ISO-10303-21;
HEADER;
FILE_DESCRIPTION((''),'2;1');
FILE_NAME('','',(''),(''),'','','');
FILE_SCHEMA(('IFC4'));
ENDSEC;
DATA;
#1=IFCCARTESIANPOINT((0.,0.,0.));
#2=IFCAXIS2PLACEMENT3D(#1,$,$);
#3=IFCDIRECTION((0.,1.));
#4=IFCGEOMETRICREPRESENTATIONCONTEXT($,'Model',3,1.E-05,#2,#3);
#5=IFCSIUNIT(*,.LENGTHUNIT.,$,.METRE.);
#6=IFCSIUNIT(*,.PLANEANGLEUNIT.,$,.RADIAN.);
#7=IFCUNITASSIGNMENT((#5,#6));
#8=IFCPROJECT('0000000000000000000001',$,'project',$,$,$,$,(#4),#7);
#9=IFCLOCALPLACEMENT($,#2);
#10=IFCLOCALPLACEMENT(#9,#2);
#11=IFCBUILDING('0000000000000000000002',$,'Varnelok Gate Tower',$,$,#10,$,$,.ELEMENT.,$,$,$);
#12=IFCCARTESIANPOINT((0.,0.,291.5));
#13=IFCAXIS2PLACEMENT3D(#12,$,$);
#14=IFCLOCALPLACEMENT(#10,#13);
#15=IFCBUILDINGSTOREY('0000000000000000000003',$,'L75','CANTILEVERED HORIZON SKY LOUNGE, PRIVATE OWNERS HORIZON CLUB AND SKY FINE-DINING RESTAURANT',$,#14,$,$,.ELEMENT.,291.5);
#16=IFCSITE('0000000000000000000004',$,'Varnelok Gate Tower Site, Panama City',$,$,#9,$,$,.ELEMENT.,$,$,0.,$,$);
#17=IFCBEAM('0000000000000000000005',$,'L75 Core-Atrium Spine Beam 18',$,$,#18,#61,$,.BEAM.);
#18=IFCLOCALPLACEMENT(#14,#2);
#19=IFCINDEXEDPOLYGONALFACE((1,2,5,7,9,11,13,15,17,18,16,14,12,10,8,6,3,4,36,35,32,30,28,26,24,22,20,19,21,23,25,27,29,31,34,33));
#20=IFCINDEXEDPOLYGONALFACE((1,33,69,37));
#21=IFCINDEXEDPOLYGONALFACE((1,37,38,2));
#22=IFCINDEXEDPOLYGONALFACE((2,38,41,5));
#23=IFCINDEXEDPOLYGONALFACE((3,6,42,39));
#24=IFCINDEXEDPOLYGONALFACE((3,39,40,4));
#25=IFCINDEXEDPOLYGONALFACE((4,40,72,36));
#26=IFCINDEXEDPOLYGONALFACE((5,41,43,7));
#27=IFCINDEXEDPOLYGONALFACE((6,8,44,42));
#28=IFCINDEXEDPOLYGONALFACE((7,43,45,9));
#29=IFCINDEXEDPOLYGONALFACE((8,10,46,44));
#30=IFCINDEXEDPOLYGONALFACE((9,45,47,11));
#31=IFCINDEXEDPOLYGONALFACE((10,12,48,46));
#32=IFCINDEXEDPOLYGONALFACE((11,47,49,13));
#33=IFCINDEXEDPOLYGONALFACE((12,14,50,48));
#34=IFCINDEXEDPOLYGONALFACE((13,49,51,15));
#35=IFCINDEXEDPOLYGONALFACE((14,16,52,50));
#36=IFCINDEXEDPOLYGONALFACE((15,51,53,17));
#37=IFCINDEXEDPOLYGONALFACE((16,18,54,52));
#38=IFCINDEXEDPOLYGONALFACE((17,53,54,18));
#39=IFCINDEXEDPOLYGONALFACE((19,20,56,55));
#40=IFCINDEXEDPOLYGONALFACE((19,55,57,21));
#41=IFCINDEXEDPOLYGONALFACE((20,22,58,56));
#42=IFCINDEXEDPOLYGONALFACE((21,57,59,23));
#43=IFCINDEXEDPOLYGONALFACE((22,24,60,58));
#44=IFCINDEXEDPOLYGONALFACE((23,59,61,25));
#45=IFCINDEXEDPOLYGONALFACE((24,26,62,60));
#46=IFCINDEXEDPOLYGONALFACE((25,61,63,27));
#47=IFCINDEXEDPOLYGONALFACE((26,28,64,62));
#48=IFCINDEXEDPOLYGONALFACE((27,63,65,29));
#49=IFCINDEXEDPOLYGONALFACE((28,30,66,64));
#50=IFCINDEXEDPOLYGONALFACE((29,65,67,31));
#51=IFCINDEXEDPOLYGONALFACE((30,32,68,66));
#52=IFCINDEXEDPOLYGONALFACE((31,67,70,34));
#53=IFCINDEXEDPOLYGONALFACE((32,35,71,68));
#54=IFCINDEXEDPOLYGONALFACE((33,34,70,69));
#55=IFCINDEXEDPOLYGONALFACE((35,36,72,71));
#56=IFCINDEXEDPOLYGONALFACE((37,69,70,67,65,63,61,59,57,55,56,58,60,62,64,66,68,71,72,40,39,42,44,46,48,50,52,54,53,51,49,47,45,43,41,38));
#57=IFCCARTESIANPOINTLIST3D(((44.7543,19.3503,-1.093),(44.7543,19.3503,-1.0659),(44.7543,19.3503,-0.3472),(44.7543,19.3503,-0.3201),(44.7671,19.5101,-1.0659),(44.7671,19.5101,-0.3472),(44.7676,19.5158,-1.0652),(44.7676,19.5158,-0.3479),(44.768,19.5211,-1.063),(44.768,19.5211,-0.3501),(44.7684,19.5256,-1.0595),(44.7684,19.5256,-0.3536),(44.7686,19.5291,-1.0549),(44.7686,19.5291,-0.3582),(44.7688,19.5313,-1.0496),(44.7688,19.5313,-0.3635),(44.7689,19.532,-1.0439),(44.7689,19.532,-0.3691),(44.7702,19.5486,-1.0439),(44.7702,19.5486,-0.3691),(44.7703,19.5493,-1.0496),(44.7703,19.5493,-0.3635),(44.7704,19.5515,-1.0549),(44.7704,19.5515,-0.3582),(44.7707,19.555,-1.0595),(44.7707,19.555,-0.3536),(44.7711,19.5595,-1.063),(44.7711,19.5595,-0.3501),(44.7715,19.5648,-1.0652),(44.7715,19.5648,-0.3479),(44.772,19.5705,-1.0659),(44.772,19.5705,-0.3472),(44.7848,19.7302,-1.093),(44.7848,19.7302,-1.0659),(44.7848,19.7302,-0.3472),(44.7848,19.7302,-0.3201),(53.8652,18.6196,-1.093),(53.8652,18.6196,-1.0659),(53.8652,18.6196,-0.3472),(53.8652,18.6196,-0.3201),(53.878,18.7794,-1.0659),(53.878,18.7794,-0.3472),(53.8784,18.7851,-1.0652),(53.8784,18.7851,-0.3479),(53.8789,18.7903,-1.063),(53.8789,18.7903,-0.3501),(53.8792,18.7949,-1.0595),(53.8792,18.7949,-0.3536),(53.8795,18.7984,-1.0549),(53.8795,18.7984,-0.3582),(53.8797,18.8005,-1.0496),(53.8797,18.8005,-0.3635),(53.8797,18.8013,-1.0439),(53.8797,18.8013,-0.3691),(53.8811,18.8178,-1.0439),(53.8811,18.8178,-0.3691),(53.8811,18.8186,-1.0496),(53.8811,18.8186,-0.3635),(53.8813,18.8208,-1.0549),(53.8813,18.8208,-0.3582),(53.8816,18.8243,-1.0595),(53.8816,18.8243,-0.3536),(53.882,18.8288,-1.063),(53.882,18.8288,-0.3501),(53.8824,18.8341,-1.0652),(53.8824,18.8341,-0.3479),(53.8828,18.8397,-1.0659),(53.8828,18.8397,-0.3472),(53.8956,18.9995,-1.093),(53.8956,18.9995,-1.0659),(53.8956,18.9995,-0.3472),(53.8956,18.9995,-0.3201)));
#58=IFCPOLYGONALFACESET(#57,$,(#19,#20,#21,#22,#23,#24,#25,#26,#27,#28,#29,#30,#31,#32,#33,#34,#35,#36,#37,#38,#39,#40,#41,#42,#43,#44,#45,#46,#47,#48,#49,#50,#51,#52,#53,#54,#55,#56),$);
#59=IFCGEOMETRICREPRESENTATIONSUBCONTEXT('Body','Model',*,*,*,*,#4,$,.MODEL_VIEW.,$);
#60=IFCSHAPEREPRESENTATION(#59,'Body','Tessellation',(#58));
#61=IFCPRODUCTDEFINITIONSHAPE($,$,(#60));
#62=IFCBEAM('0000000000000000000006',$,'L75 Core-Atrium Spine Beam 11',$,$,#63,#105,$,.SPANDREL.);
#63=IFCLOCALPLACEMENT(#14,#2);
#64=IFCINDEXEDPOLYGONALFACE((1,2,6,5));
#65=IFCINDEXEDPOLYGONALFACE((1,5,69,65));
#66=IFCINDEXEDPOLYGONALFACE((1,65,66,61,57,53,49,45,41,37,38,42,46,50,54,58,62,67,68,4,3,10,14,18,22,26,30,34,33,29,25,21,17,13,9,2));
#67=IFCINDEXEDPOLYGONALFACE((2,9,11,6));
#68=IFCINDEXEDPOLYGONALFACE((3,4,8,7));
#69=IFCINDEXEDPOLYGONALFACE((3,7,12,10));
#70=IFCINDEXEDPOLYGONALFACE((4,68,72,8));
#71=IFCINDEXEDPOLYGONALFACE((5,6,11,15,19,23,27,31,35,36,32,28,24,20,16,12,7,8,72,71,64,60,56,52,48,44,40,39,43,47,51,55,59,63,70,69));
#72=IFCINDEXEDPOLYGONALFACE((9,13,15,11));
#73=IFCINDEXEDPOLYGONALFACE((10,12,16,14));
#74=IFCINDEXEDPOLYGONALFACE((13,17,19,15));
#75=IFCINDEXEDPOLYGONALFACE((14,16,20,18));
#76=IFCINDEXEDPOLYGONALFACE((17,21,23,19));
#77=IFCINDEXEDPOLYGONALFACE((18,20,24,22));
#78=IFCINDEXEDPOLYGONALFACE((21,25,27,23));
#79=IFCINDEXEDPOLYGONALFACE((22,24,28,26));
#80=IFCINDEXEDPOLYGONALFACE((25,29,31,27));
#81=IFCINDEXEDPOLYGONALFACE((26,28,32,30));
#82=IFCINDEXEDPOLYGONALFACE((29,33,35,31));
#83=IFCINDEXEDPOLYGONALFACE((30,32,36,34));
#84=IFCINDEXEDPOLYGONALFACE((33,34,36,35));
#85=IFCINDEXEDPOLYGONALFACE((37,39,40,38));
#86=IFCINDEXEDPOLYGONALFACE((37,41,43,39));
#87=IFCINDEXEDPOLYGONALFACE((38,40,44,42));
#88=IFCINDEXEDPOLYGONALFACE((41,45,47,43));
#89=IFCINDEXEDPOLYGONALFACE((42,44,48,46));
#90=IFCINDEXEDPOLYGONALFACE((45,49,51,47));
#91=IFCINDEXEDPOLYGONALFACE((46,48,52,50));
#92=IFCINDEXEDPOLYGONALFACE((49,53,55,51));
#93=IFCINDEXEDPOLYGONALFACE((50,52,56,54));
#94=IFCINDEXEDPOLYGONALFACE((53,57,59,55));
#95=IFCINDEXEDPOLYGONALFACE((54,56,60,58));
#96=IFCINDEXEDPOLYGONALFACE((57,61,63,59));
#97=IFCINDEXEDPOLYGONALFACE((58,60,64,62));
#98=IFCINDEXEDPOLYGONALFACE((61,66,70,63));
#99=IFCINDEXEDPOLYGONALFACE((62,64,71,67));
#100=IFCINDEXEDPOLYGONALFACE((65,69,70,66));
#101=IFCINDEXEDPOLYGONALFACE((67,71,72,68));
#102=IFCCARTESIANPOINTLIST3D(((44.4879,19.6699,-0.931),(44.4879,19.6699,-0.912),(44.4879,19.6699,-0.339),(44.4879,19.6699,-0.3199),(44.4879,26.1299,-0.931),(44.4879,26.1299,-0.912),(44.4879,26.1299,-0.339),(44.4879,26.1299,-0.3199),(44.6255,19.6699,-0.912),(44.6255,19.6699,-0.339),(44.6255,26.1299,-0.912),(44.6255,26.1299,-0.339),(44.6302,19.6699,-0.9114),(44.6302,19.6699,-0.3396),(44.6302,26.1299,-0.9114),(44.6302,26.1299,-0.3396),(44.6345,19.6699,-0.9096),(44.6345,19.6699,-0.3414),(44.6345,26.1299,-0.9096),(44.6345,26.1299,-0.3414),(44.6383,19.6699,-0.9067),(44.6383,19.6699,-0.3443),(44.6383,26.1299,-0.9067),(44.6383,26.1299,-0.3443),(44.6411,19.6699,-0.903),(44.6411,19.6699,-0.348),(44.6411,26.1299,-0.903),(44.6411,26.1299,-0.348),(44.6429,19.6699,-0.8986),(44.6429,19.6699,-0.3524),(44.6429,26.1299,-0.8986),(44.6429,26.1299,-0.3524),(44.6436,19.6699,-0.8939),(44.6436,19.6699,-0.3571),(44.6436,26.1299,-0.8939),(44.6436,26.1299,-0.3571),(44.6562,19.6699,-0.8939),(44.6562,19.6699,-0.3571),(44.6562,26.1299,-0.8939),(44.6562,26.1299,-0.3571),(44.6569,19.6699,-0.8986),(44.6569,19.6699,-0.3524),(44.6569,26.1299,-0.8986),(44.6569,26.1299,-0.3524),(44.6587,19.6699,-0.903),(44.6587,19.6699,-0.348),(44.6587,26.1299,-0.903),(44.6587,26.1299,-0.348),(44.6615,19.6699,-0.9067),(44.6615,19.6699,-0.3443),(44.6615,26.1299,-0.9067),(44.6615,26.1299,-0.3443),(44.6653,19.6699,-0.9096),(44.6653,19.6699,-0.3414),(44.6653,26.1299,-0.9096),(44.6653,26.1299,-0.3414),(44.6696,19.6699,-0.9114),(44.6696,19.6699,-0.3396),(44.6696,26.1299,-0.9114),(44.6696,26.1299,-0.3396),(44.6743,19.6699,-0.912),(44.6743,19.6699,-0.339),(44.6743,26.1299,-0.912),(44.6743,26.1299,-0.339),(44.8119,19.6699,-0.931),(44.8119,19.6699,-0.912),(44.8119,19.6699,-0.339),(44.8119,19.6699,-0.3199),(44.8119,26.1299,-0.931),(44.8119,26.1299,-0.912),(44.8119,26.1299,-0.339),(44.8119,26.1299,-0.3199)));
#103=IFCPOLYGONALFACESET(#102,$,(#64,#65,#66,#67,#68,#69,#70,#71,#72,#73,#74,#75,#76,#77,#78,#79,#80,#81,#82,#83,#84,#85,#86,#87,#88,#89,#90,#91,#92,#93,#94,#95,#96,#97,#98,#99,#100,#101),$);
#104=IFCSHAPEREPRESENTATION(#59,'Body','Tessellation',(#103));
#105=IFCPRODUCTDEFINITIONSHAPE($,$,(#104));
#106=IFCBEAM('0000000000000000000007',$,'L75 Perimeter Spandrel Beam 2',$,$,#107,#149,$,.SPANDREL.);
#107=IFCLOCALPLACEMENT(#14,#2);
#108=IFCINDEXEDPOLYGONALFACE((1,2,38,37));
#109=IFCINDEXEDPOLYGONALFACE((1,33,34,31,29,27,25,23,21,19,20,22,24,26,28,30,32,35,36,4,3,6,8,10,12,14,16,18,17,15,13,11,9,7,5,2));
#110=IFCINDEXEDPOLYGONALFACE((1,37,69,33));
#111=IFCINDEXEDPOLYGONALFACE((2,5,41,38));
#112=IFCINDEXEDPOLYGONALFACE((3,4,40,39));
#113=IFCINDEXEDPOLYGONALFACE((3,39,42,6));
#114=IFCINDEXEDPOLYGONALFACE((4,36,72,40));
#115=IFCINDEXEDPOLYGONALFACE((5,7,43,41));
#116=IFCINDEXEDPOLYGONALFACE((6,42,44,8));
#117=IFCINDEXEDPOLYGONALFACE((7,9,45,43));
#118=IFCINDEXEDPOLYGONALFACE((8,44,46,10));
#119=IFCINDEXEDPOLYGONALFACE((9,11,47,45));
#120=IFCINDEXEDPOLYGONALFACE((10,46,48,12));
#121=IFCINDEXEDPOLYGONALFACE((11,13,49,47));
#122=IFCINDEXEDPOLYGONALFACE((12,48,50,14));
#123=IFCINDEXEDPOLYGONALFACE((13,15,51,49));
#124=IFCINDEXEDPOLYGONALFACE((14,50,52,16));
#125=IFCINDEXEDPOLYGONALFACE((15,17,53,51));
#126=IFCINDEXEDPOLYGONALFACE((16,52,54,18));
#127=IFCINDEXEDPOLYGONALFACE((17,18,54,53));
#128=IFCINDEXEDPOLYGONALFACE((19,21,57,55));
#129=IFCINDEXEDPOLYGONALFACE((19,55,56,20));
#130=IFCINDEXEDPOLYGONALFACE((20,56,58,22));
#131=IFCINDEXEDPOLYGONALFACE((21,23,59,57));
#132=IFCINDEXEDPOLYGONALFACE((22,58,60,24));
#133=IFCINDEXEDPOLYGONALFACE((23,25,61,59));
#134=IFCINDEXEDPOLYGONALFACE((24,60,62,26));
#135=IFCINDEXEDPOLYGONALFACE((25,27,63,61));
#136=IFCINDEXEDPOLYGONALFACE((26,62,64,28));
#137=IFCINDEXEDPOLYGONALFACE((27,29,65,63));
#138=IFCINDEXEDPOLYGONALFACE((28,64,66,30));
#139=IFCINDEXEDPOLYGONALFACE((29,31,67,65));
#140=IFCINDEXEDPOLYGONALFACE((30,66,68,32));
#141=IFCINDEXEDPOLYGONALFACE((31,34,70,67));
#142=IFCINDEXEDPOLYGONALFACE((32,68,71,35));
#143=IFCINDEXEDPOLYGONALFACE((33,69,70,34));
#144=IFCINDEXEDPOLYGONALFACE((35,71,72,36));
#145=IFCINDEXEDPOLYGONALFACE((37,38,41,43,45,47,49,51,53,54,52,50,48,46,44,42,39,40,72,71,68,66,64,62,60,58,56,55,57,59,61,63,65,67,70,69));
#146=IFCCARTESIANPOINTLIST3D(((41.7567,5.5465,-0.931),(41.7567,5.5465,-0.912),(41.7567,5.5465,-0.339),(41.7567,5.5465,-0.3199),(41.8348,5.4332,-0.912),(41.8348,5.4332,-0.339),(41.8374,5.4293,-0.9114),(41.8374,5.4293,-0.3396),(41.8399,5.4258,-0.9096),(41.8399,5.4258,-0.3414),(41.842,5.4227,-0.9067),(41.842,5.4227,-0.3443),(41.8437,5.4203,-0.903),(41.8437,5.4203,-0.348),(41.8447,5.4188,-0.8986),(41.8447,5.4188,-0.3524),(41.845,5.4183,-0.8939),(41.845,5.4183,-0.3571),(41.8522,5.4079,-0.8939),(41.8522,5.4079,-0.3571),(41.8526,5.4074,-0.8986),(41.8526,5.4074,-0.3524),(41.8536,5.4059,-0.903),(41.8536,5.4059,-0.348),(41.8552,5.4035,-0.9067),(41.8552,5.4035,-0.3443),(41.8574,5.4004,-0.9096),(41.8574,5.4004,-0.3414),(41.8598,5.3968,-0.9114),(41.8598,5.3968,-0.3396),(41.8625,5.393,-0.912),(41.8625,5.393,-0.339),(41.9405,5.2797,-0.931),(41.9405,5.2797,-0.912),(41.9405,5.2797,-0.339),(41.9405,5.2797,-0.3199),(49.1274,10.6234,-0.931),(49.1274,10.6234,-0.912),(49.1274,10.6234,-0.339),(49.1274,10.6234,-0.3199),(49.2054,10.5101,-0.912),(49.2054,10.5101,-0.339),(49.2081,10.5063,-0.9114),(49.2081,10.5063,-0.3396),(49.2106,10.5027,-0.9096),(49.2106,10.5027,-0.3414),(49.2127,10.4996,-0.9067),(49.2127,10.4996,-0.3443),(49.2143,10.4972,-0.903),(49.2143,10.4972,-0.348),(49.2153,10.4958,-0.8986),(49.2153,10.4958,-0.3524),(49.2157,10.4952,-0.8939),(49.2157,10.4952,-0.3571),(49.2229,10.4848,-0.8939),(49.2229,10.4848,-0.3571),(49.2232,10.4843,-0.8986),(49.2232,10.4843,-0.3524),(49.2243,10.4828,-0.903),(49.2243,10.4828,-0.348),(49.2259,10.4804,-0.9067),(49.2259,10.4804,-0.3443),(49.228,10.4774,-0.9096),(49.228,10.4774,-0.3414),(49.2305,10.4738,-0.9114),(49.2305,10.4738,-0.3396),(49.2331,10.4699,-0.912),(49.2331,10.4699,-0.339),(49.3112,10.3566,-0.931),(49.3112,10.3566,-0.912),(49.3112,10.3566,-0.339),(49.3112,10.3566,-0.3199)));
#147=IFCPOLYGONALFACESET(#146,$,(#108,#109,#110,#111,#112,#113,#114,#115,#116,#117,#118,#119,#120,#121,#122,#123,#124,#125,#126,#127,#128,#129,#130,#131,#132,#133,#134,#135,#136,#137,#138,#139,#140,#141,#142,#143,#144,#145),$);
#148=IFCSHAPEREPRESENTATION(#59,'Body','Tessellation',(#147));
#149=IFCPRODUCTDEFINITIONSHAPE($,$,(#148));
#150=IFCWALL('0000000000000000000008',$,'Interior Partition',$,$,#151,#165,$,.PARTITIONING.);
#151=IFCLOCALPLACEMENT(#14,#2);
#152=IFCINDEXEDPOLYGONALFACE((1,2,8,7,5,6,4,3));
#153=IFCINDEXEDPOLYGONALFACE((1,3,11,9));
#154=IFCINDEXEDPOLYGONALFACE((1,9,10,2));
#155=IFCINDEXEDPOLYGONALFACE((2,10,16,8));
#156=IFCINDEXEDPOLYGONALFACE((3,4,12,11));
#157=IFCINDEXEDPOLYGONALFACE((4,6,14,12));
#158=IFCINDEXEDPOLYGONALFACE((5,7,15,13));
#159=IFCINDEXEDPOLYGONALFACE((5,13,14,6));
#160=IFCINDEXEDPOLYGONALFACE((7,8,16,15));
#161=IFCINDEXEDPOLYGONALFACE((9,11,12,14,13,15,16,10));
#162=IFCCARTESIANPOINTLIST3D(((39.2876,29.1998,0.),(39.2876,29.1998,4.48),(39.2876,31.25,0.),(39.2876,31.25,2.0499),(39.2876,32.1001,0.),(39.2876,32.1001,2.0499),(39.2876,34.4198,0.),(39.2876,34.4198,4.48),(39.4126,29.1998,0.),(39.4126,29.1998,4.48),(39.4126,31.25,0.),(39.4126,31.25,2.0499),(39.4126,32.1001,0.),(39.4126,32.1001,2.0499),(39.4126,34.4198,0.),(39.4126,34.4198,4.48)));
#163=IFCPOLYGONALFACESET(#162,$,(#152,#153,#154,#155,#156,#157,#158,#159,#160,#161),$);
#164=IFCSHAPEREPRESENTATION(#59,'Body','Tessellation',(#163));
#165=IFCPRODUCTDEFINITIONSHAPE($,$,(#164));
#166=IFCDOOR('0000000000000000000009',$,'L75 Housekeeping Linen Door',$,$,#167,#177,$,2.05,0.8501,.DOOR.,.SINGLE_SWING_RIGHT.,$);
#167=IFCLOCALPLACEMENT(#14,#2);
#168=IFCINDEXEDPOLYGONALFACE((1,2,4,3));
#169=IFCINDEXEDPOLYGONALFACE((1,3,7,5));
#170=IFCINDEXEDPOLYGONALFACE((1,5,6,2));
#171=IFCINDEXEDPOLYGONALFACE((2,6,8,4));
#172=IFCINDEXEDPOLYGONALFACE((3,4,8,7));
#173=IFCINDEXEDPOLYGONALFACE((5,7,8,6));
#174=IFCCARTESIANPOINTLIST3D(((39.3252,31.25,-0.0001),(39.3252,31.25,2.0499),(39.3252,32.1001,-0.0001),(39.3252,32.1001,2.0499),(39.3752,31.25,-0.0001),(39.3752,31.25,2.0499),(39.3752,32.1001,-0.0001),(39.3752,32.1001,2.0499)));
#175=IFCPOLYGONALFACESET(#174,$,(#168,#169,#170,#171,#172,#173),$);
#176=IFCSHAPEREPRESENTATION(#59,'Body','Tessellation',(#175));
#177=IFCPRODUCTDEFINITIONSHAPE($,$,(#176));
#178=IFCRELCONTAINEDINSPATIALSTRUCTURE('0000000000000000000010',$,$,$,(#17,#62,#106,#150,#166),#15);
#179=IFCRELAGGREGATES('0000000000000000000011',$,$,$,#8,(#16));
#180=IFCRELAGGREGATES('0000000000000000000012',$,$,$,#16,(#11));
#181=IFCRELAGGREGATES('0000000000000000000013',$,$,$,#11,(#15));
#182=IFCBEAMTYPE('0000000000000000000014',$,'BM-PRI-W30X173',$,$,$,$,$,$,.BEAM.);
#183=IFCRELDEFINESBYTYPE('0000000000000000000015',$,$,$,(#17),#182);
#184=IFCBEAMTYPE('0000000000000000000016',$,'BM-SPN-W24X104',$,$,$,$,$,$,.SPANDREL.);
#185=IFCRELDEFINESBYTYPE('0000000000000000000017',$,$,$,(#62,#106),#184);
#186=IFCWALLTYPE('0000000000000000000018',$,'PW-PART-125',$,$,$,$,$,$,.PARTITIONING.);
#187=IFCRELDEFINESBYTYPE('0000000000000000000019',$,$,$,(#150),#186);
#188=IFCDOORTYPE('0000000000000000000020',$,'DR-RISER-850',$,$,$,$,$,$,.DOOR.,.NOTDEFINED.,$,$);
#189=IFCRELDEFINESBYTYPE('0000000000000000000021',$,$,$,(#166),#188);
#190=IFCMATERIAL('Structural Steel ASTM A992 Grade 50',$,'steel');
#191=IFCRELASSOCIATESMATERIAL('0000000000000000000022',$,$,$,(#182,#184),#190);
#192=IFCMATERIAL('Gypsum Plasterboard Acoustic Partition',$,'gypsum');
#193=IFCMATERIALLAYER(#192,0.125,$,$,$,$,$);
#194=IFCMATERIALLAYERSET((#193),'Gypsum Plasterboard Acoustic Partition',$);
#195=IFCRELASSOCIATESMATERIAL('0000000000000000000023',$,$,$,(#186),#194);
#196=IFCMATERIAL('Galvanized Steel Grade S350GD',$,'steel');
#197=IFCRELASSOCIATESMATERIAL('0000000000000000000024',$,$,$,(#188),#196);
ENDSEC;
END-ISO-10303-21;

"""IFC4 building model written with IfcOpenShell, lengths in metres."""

from ifc_helpers import new_model, si_unit, direction, frame, frame_2d, origin, origin_2d, place, context, subcontext, project, spatial, rectangle, i_section, extrude, material, layer, layer_set, material_profile, profile_set, type_object, element, fill, save


model = new_model("IFC4")

# Units and contexts
model_context = context("Model", 3, precision=1e-05, world=origin(), true_north=direction((0.0, 1.0)))
body_context = subcontext(model_context, "Body", "Model", "MODEL_VIEW")
ifc_project = project(units=[si_unit("LENGTHUNIT", "METRE"), si_unit("PLANEANGLEUNIT", "RADIAN")], contexts=[model_context])

# Site, building, storey
site_placement = place(None, origin())
site = spatial("IfcSite", under=ifc_project, at=site_placement, Name="Varnelok Gate Tower Site, Panama City", CompositionType="ELEMENT", RefElevation=0.0)
building_placement = place(site_placement, origin())
building = spatial("IfcBuilding", under=site, at=building_placement, Name="Varnelok Gate Tower", CompositionType="ELEMENT")
storey_placement = place(building_placement, frame((0.0, 0.0, 291.5)))
storey = spatial("IfcBuildingStorey", under=building, at=storey_placement, Name="L75", Description="CANTILEVERED HORIZON SKY LOUNGE, PRIVATE OWNERS HORIZON CLUB AND SKY FINE-DINING RESTAURANT", CompositionType="ELEMENT", Elevation=291.5)

# Shared definitions
ifc_material_1 = material(Name="Structural Steel ASTM A992 Grade 50", Category="steel")

# Beams
ifc_material_profile_1 = material_profile(ifc_material_1, i_section(OverallWidth=0.3811, OverallDepth=0.7729, WebThickness=0.0166, FlangeThickness=0.0271, FilletRadius=0.022, at=origin_2d()), Name="W30X173")
ifc_profile_set_1 = profile_set([ifc_material_profile_1], Name="Structural Steel ASTM A992 Grade 50")
beam_type_1 = type_object("IfcBeamType", Name="BM-PRI-W30X173", PredefinedType="BEAM", material=ifc_profile_set_1)
beam_1_placement = place(storey_placement, frame((44.7695, 19.5403, -0.7065), z_axis=(0.996799, -0.079946, 0.0), x_axis=(0.079946, 0.996799, 0.0)))
element("IfcBeam", 1, at=beam_1_placement, inside=storey, type_object=beam_type_1, Name="L75 Core-Atrium Spine Beam 18", PredefinedType="BEAM", context=body_context, shape_type="SweptSolid", body=[
    extrude(i_section(OverallWidth=0.3811, OverallDepth=0.7729, WebThickness=0.0166, FlangeThickness=0.0271, FilletRadius=0.022, at=origin_2d()), origin(), (0.0, 0.0, 1.0), 9.1401),
])
ifc_material_profile_2 = material_profile(ifc_material_1, i_section(OverallWidth=0.324, OverallDepth=0.6111, WebThickness=0.0127, FlangeThickness=0.019, FilletRadius=0.0181, at=origin_2d()), Name="W24X104")
ifc_profile_set_2 = profile_set([ifc_material_profile_2], Name="Structural Steel ASTM A992 Grade 50")
beam_type_2 = type_object("IfcBeamType", Name="BM-SPN-W24X104", PredefinedType="SPANDREL", material=ifc_profile_set_2)
beam_2_placement = place(storey_placement, frame((44.6499, 19.6699, -0.6255), z_axis=(0.0, 1.0, 0.0), x_axis=(-1.0, 0.0, 0.0)))
element("IfcBeam", 2, at=beam_2_placement, inside=storey, type_object=beam_type_2, Name="L75 Core-Atrium Spine Beam 11", PredefinedType="SPANDREL", context=body_context, shape_type="SweptSolid", body=[
    extrude(i_section(OverallWidth=0.324, OverallDepth=0.6111, WebThickness=0.0127, FlangeThickness=0.019, FilletRadius=0.0181, at=origin_2d()), origin(), (0.0, 0.0, 1.0), 6.46),
])
beam_3_placement = place(storey_placement, frame((41.8486, 5.4131, -0.6255), z_axis=(0.82354, 0.567258, 0.0), x_axis=(-0.567258, 0.82354, 0.0)))
element("IfcBeam", 3, at=beam_3_placement, inside=storey, type_object=beam_type_2, Name="L75 Perimeter Spandrel Beam 2", PredefinedType="SPANDREL", context=body_context, shape_type="SweptSolid", body=[
    extrude(i_section(OverallWidth=0.324, OverallDepth=0.6111, WebThickness=0.0127, FlangeThickness=0.019, FilletRadius=0.0181, at=origin_2d()), origin(), (0.0, 0.0, 1.0), 8.95),
])

# Wall, opening, door
ifc_material_2 = material(Name="Gypsum Plasterboard Acoustic Partition", Category="gypsum")
ifc_layer_1 = layer(ifc_material_2, 0.125)
ifc_layer_set_1 = layer_set([ifc_layer_1], Name="Gypsum Plasterboard Acoustic Partition")
wall_type_1 = type_object("IfcWallType", Name="PW-PART-125", PredefinedType="PARTITIONING", material=ifc_layer_set_1)
wall_1_placement = place(storey_placement, frame((39.3501, 29.2, 0.0), z_axis=(0.0, 0.0, 1.0), x_axis=(0.0, 1.0, 0.0)))
wall_1 = element("IfcWall", 4, at=wall_1_placement, inside=storey, type_object=wall_type_1, Name="Interior Partition", PredefinedType="PARTITIONING", context=body_context, shape_type="SweptSolid", body=[
    extrude(rectangle(XDim=5.22, YDim=0.125, at=frame_2d((2.6099, 0.0))), origin(), (0.0, 0.0, 1.0), 4.48),
])
opening_1_placement = place(wall_1_placement, frame((2.05, 0.0, 0.0)))
opening_1 = element("IfcOpeningElement", 5, at=opening_1_placement, cuts=wall_1, PredefinedType="OPENING", context=body_context, shape_type="SweptSolid", body=[
    extrude(rectangle(XDim=0.8501, YDim=2.05, at=frame_2d((0.425, 1.0249))), frame((0.0, 0.0725, 0.0), z_axis=(0.0, -1.0, 0.0), x_axis=(1.0, 0.0, 0.0)), (0.0, 0.0, 1.0), 0.145),
])
ifc_material_3 = material(Name="Galvanized Steel Grade S350GD", Category="steel")
door_type_1 = type_object("IfcDoorType", Name="DR-RISER-850", OperationType="NOTDEFINED", PredefinedType="DOOR", material=ifc_material_3)
door_1_placement = place(opening_1_placement, origin())
door_1 = element("IfcDoor", 6, at=door_1_placement, inside=storey, type_object=door_type_1, Name="L75 Housekeeping Linen Door", OperationType="SINGLE_SWING_RIGHT", OverallHeight=2.05, OverallWidth=0.8501, PredefinedType="DOOR", context=body_context, shape_type="SweptSolid", body=[
    extrude(rectangle(XDim=0.8501, YDim=2.05, at=frame_2d((0.425, 1.0249))), frame((0.0, 0.0249, 0.0), z_axis=(0.0, -1.0, 0.0), x_axis=(1.0, 0.0, 0.0)), (0.0, 0.0, 1.0), 0.05),
])
fill(opening_1, door_1)

save(model, "model.ifc")
